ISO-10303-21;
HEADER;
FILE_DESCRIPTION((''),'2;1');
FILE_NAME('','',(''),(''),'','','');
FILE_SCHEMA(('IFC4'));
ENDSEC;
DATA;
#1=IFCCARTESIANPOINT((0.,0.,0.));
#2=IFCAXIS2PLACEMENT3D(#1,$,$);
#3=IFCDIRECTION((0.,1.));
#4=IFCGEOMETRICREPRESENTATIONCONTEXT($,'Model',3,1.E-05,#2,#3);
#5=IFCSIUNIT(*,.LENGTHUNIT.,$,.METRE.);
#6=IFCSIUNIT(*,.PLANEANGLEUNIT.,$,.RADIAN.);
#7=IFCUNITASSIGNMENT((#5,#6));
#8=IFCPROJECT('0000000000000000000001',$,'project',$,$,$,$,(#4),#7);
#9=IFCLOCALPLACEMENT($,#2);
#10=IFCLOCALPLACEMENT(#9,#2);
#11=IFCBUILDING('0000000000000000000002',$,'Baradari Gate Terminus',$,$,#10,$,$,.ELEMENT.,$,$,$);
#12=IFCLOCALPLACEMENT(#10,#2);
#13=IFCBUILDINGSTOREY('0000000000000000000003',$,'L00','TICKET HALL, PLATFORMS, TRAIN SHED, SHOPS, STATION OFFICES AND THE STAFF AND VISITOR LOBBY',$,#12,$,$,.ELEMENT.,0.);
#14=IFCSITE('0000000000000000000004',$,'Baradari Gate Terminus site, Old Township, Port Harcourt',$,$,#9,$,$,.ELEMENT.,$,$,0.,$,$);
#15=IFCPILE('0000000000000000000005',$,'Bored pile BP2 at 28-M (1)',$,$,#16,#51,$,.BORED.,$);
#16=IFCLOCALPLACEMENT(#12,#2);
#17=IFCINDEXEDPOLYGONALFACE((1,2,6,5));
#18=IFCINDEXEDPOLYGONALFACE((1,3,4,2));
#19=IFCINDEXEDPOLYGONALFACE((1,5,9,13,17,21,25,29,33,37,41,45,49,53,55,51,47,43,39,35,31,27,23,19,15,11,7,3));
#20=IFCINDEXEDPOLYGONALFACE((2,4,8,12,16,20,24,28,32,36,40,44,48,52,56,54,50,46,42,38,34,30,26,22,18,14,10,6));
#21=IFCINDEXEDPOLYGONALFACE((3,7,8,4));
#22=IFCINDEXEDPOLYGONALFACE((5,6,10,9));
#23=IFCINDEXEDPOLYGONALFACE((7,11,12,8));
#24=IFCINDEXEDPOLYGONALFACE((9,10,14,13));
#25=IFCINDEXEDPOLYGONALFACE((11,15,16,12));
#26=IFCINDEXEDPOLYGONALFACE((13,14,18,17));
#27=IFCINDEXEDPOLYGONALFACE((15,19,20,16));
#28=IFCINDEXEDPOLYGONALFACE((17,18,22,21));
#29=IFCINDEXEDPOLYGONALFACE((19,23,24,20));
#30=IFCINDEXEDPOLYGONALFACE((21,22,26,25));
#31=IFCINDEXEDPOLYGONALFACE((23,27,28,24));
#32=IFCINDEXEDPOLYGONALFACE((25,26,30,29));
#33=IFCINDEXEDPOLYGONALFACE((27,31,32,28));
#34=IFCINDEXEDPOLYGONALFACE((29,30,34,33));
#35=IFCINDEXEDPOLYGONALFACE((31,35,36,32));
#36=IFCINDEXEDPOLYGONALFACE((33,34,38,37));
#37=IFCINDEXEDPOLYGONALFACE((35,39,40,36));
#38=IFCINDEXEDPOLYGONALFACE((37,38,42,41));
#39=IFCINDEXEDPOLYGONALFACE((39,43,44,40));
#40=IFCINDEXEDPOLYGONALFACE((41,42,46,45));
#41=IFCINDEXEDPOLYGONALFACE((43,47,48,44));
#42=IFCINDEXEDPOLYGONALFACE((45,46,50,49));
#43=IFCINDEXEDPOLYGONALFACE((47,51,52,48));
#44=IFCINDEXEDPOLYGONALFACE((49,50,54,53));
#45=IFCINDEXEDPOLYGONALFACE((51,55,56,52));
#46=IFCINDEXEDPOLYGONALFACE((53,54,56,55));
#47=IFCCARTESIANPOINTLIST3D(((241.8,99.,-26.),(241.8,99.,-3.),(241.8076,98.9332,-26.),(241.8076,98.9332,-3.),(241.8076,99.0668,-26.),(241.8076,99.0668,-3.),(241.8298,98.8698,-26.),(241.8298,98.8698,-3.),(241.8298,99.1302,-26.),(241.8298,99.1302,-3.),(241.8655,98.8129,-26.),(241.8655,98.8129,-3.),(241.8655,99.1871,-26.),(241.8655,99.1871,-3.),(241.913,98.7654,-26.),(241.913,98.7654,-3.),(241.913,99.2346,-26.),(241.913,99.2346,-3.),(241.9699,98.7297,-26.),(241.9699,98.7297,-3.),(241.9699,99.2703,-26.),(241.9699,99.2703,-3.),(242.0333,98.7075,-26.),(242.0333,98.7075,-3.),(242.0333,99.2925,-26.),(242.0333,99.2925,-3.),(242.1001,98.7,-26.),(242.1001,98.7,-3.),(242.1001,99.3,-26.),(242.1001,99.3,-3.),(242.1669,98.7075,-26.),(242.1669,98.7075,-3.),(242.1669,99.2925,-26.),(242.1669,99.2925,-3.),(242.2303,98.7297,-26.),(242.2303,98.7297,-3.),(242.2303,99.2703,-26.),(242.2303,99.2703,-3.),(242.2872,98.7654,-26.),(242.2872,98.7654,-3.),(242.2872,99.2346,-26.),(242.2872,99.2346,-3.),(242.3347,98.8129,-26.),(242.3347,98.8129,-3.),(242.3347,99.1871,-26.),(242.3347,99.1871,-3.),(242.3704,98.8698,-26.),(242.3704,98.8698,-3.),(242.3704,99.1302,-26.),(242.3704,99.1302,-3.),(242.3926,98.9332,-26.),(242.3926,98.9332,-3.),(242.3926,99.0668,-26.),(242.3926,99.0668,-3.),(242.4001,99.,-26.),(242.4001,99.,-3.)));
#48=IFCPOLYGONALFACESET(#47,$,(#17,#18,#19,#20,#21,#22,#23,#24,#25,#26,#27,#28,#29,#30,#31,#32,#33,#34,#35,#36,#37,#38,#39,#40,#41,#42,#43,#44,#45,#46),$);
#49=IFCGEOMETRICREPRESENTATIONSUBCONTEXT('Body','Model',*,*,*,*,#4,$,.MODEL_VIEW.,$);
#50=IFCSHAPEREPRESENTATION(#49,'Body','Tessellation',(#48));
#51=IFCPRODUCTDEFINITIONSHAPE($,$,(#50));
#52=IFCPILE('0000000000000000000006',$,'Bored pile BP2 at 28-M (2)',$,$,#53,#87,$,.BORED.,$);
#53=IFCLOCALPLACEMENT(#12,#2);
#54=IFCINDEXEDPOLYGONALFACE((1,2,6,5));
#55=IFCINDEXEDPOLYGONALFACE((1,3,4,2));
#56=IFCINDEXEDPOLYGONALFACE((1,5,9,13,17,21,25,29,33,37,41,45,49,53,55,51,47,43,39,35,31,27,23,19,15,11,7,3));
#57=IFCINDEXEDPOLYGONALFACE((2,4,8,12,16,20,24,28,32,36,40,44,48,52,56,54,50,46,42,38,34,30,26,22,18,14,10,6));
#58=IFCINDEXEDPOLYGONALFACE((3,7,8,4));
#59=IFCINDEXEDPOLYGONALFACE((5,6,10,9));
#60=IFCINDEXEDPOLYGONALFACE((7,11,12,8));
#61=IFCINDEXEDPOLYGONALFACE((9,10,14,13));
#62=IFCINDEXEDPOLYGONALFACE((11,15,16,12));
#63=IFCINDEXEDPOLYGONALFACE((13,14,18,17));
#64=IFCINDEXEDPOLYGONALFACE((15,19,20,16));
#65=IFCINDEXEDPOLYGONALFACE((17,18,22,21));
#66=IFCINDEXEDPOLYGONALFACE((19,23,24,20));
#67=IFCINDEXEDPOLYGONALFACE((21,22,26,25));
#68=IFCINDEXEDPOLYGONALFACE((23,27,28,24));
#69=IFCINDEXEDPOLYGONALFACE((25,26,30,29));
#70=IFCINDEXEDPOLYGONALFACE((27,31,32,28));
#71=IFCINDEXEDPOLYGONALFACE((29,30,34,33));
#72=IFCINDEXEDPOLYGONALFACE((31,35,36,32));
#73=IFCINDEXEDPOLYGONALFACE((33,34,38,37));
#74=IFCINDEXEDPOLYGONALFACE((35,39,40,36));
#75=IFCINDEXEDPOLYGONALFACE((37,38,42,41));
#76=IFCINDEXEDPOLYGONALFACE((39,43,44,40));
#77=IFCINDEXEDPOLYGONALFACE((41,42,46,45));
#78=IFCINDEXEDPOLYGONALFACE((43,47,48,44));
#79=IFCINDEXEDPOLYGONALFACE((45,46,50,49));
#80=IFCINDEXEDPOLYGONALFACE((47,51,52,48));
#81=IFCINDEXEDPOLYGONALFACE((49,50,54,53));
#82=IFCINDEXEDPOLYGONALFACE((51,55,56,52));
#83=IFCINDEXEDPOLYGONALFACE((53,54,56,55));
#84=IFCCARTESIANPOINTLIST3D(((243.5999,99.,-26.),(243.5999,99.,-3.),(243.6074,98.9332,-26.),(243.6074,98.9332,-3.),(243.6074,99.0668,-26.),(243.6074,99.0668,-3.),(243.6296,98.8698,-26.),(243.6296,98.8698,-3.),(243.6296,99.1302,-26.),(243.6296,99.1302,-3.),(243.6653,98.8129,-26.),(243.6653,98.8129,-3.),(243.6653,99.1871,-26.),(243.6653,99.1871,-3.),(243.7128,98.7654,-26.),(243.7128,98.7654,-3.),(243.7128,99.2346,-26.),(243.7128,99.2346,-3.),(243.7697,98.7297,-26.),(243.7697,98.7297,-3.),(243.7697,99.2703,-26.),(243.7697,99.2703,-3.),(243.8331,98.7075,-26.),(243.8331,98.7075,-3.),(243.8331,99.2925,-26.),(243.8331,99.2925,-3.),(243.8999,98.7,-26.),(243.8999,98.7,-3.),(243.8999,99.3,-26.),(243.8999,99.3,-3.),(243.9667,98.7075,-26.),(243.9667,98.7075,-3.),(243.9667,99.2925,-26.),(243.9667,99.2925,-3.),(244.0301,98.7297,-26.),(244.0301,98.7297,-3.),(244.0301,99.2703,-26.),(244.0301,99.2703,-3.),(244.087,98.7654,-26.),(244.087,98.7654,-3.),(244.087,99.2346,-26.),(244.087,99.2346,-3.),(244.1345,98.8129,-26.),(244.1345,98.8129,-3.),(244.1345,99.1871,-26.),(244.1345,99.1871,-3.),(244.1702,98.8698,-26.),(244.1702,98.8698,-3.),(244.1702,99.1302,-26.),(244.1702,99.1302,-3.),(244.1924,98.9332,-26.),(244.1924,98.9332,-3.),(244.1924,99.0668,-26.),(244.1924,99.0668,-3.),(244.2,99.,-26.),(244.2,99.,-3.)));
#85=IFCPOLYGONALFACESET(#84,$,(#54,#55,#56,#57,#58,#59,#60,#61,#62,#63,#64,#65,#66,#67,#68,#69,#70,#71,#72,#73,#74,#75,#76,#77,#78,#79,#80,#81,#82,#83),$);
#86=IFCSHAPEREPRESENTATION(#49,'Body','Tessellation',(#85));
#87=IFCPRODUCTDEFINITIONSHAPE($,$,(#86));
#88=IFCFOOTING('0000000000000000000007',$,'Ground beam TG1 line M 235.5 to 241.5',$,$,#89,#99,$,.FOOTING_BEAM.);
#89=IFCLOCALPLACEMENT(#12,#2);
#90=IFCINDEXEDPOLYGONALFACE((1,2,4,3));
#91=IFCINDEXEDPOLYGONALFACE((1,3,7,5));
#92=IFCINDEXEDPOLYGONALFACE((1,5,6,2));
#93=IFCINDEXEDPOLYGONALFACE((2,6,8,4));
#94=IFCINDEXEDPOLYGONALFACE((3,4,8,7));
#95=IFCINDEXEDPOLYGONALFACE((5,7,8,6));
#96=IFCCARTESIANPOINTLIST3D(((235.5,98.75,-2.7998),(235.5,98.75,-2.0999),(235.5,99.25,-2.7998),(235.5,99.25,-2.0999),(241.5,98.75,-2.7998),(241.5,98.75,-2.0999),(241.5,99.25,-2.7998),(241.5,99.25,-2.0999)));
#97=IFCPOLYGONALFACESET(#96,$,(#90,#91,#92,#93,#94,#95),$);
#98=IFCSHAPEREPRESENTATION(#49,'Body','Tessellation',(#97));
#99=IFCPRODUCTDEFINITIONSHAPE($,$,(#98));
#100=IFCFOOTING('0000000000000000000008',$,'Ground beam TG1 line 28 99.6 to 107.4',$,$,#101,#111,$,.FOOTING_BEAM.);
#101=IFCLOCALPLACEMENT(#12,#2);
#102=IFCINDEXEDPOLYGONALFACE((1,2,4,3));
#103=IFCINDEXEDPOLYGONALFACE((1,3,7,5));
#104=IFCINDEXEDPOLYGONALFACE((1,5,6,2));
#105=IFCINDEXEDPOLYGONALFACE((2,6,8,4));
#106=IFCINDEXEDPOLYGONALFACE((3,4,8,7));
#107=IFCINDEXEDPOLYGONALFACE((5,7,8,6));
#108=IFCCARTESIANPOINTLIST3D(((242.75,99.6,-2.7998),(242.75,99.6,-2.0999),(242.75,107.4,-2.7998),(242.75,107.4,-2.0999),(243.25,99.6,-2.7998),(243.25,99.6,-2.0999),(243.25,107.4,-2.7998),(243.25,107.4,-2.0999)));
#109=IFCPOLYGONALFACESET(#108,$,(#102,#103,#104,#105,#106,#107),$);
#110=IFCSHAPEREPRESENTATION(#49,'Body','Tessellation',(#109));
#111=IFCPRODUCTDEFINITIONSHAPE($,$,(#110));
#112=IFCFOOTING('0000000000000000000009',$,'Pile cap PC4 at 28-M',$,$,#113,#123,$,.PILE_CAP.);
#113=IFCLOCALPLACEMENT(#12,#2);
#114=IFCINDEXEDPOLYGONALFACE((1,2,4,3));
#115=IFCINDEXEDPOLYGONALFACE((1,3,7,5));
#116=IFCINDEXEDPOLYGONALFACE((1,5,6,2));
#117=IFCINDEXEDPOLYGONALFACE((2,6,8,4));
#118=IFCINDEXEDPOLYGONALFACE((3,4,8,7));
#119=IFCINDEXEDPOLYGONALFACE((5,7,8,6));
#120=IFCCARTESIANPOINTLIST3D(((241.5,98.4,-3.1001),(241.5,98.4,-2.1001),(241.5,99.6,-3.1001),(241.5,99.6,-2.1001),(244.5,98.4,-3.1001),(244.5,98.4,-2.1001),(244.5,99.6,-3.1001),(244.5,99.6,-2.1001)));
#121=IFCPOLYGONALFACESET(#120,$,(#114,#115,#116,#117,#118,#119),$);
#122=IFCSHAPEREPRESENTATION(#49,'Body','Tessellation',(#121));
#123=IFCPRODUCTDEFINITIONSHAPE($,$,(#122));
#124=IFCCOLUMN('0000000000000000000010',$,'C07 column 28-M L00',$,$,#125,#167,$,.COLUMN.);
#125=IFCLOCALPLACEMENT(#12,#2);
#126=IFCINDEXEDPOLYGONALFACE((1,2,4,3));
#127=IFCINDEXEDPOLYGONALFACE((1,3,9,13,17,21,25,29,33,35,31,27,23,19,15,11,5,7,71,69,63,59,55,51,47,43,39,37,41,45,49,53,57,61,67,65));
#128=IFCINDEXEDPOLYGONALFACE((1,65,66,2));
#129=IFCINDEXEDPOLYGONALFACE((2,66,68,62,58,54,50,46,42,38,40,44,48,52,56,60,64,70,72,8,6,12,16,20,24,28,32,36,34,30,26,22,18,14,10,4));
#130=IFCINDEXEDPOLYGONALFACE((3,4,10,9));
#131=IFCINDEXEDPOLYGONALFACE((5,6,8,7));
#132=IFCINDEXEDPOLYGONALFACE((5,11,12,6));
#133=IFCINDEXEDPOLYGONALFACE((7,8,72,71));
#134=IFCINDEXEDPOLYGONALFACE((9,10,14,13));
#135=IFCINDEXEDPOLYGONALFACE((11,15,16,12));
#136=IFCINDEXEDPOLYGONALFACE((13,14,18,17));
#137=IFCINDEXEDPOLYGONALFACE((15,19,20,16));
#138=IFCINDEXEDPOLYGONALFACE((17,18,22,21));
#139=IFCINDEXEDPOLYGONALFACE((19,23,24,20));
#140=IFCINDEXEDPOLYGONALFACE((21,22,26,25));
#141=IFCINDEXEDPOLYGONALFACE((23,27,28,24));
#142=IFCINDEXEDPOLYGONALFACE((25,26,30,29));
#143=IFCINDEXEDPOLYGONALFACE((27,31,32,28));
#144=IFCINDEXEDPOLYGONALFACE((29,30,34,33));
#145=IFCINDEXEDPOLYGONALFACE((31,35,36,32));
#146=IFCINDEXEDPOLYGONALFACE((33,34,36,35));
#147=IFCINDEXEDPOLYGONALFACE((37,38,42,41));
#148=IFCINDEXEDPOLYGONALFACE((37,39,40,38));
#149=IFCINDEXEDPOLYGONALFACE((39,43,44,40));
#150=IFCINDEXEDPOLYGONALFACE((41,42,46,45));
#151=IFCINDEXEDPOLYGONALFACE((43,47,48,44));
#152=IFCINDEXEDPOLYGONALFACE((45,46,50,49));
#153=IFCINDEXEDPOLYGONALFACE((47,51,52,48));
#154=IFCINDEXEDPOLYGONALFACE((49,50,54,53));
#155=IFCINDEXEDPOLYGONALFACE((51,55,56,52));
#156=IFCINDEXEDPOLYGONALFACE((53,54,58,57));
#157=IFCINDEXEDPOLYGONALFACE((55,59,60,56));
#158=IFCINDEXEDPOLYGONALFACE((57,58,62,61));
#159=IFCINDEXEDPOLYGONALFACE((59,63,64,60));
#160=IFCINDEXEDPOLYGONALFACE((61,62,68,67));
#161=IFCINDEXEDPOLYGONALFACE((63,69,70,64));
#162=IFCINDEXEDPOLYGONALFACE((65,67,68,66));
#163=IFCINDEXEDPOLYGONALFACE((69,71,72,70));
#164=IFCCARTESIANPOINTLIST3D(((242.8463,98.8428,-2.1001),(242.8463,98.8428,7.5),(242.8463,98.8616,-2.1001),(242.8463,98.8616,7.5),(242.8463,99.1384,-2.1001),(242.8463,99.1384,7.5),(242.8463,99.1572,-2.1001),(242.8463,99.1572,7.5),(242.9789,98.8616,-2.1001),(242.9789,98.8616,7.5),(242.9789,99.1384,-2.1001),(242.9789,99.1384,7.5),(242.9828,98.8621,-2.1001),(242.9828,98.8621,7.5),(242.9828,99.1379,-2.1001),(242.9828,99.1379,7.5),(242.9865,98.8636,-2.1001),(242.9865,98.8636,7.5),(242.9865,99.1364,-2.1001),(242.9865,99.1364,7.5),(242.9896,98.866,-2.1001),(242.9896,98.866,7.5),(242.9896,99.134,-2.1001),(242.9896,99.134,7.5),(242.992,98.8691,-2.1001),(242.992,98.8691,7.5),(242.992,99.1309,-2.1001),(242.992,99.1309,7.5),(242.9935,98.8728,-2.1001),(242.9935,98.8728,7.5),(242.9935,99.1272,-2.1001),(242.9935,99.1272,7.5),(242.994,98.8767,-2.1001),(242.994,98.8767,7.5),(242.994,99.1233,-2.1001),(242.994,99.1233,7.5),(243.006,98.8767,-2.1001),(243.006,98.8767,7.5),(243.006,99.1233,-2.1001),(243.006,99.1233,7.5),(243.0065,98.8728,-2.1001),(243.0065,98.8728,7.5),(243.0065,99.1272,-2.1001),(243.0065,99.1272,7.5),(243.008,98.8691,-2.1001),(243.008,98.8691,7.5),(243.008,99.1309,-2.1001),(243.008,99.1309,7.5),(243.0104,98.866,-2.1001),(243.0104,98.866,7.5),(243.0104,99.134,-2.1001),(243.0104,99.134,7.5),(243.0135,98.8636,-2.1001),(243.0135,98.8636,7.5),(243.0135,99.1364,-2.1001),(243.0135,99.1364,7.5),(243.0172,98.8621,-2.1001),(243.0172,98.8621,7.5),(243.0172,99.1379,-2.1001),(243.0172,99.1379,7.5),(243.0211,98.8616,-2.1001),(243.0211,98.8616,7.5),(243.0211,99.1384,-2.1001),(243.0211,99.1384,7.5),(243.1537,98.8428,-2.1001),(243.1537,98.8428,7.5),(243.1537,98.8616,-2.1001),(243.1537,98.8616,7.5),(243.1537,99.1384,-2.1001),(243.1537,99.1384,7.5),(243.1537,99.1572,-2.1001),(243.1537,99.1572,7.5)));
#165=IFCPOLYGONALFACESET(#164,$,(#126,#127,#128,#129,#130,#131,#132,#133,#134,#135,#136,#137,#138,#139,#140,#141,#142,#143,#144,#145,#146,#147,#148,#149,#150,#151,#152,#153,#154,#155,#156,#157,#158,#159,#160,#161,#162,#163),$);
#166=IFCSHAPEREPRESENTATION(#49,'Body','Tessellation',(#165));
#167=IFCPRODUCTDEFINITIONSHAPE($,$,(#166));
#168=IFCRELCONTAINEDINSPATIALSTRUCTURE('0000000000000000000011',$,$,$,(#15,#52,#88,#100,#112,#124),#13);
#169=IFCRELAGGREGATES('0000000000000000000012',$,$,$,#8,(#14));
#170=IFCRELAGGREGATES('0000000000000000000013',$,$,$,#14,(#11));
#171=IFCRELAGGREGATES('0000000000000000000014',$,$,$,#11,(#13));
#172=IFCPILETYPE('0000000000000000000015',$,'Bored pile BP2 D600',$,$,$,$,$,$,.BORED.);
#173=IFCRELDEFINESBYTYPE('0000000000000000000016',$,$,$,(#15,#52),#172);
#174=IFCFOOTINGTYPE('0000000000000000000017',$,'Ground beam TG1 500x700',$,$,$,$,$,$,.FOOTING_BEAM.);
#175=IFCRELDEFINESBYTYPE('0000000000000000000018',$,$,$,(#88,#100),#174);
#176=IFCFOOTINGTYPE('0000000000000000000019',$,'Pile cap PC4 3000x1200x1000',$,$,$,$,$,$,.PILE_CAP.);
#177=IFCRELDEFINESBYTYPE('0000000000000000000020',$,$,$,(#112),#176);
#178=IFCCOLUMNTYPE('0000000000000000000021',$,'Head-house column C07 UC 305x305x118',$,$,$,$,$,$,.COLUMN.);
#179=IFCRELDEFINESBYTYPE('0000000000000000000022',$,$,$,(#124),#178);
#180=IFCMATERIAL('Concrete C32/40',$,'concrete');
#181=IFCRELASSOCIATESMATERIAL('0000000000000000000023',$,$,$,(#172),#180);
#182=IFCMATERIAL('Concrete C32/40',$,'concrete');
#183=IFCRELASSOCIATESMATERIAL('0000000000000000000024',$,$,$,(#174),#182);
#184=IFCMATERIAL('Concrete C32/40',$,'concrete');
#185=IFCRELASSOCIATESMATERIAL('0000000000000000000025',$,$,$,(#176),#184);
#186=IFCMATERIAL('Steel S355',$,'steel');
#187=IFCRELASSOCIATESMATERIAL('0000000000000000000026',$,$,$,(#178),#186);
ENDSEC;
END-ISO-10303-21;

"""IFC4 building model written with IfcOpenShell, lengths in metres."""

from ifc_helpers import new_model, si_unit, direction, frame, origin, origin_2d, place, context, subcontext, project, spatial, rectangle, circle, i_section, extrude, material, material_profile, profile_set, type_object, element, save


model = new_model("IFC4")

# Units and contexts
model_context = context("Model", 3, precision=1e-05, world=origin(), true_north=direction((0.0, 1.0)))
body_context = subcontext(model_context, "Body", "Model", "MODEL_VIEW")
ifc_project = project(units=[si_unit("LENGTHUNIT", "METRE"), si_unit("PLANEANGLEUNIT", "RADIAN")], contexts=[model_context])

# Site, building, storey
site_placement = place(None, origin())
site = spatial("IfcSite", under=ifc_project, at=site_placement, Name="Baradari Gate Terminus site, Old Township, Port Harcourt", CompositionType="ELEMENT", RefElevation=0.0)
building_placement = place(site_placement, origin())
building = spatial("IfcBuilding", under=site, at=building_placement, Name="Baradari Gate Terminus", CompositionType="ELEMENT")
storey_placement = place(building_placement, origin())
storey = spatial("IfcBuildingStorey", under=building, at=storey_placement, Name="L00", Description="TICKET HALL, PLATFORMS, TRAIN SHED, SHOPS, STATION OFFICES AND THE STAFF AND VISITOR LOBBY", CompositionType="ELEMENT", Elevation=0.0)

# Piles
ifc_material_1 = material(Name="Concrete C32/40", Category="concrete")
pile_type = type_object("IfcPileType", Name="Bored pile BP2 D600", PredefinedType="BORED", material=ifc_material_1)
for number, where, z_axis, x_axis, name in (
    (1, (242.1001, 99.0, -3.0), (0.0, 0.0, -1.0), (1.0, 0.0, 0.0), "Bored pile BP2 at 28-M (1)"),
    (2, (243.8999, 99.0, -3.0), (0.0, 0.0, -1.0), (1.0, 0.0, 0.0), "Bored pile BP2 at 28-M (2)"),
):
    element("IfcPile", number, at=place(storey_placement, frame(where, z_axis=z_axis, x_axis=x_axis)), inside=storey, type_object=pile_type, Name=name, PredefinedType="BORED", context=body_context, shape_type="SweptSolid", body=[
        extrude(circle(Radius=0.3, at=origin_2d()), origin(), (0.0, 0.0, 1.0), 23.0),
    ])

# Footings
ifc_material_2 = material(Name="Concrete C32/40", Category="concrete")
footing_type_1 = type_object("IfcFootingType", Name="Ground beam TG1 500x700", PredefinedType="FOOTING_BEAM", material=ifc_material_2)
footing_1_placement = place(storey_placement, frame((238.5, 99.0, -2.7998), z_axis=(0.0, 0.0, 1.0), x_axis=(1.0, 0.0, 0.0)))
element("IfcFooting", 3, at=footing_1_placement, inside=storey, type_object=footing_type_1, Name="Ground beam TG1 line M 235.5 to 241.5", PredefinedType="FOOTING_BEAM", context=body_context, shape_type="SweptSolid", body=[
    extrude(rectangle(XDim=6.0, YDim=0.5, at=origin_2d()), origin(), (0.0, 0.0, 1.0), 0.7),
])
footing_2_placement = place(storey_placement, frame((243.0, 103.5, -2.7998), z_axis=(0.0, 0.0, 1.0), x_axis=(1.0, 0.0, 0.0)))
element("IfcFooting", 4, at=footing_2_placement, inside=storey, type_object=footing_type_1, Name="Ground beam TG1 line 28 99.6 to 107.4", PredefinedType="FOOTING_BEAM", context=body_context, shape_type="SweptSolid", body=[
    extrude(rectangle(XDim=0.5, YDim=7.8, at=origin_2d()), origin(), (0.0, 0.0, 1.0), 0.7),
])
ifc_material_3 = material(Name="Concrete C32/40", Category="concrete")
footing_type_2 = type_object("IfcFootingType", Name="Pile cap PC4 3000x1200x1000", PredefinedType="PILE_CAP", material=ifc_material_3)
footing_3_placement = place(storey_placement, frame((243.0, 99.0, -3.1001), z_axis=(0.0, 0.0, 1.0), x_axis=(1.0, 0.0, 0.0)))
element("IfcFooting", 5, at=footing_3_placement, inside=storey, type_object=footing_type_2, Name="Pile cap PC4 at 28-M", PredefinedType="PILE_CAP", context=body_context, shape_type="SweptSolid", body=[
    extrude(rectangle(XDim=3.0, YDim=1.2, at=origin_2d()), origin(), (0.0, 0.0, 1.0), 1.0),
])

# Column
ifc_material_4 = material(Name="Steel S355", Category="steel")
ifc_material_profile = material_profile(ifc_material_4, i_section(OverallWidth=0.3074, OverallDepth=0.3145, WebThickness=0.012, FlangeThickness=0.0188, FilletRadius=0.0151, at=origin_2d()), Name="UC 305x305x118")
ifc_profile_set = profile_set([ifc_material_profile], Name="Steel S355")
column_type = type_object("IfcColumnType", Name="Head-house column C07 UC 305x305x118", PredefinedType="COLUMN", material=ifc_profile_set)
column_placement = place(storey_placement, frame((243.0, 99.0, -2.1001), z_axis=(0.0, 0.0, 1.0), x_axis=(1.0, 0.0, 0.0)))
element("IfcColumn", 6, at=column_placement, inside=storey, type_object=column_type, Name="C07 column 28-M L00", PredefinedType="COLUMN", context=body_context, shape_type="SweptSolid", body=[
    extrude(i_section(OverallWidth=0.3074, OverallDepth=0.3145, WebThickness=0.012, FlangeThickness=0.0188, FilletRadius=0.0151, at=origin_2d()), origin(), (0.0, 0.0, 1.0), 9.6001),
])

save(model, "model.ifc")
